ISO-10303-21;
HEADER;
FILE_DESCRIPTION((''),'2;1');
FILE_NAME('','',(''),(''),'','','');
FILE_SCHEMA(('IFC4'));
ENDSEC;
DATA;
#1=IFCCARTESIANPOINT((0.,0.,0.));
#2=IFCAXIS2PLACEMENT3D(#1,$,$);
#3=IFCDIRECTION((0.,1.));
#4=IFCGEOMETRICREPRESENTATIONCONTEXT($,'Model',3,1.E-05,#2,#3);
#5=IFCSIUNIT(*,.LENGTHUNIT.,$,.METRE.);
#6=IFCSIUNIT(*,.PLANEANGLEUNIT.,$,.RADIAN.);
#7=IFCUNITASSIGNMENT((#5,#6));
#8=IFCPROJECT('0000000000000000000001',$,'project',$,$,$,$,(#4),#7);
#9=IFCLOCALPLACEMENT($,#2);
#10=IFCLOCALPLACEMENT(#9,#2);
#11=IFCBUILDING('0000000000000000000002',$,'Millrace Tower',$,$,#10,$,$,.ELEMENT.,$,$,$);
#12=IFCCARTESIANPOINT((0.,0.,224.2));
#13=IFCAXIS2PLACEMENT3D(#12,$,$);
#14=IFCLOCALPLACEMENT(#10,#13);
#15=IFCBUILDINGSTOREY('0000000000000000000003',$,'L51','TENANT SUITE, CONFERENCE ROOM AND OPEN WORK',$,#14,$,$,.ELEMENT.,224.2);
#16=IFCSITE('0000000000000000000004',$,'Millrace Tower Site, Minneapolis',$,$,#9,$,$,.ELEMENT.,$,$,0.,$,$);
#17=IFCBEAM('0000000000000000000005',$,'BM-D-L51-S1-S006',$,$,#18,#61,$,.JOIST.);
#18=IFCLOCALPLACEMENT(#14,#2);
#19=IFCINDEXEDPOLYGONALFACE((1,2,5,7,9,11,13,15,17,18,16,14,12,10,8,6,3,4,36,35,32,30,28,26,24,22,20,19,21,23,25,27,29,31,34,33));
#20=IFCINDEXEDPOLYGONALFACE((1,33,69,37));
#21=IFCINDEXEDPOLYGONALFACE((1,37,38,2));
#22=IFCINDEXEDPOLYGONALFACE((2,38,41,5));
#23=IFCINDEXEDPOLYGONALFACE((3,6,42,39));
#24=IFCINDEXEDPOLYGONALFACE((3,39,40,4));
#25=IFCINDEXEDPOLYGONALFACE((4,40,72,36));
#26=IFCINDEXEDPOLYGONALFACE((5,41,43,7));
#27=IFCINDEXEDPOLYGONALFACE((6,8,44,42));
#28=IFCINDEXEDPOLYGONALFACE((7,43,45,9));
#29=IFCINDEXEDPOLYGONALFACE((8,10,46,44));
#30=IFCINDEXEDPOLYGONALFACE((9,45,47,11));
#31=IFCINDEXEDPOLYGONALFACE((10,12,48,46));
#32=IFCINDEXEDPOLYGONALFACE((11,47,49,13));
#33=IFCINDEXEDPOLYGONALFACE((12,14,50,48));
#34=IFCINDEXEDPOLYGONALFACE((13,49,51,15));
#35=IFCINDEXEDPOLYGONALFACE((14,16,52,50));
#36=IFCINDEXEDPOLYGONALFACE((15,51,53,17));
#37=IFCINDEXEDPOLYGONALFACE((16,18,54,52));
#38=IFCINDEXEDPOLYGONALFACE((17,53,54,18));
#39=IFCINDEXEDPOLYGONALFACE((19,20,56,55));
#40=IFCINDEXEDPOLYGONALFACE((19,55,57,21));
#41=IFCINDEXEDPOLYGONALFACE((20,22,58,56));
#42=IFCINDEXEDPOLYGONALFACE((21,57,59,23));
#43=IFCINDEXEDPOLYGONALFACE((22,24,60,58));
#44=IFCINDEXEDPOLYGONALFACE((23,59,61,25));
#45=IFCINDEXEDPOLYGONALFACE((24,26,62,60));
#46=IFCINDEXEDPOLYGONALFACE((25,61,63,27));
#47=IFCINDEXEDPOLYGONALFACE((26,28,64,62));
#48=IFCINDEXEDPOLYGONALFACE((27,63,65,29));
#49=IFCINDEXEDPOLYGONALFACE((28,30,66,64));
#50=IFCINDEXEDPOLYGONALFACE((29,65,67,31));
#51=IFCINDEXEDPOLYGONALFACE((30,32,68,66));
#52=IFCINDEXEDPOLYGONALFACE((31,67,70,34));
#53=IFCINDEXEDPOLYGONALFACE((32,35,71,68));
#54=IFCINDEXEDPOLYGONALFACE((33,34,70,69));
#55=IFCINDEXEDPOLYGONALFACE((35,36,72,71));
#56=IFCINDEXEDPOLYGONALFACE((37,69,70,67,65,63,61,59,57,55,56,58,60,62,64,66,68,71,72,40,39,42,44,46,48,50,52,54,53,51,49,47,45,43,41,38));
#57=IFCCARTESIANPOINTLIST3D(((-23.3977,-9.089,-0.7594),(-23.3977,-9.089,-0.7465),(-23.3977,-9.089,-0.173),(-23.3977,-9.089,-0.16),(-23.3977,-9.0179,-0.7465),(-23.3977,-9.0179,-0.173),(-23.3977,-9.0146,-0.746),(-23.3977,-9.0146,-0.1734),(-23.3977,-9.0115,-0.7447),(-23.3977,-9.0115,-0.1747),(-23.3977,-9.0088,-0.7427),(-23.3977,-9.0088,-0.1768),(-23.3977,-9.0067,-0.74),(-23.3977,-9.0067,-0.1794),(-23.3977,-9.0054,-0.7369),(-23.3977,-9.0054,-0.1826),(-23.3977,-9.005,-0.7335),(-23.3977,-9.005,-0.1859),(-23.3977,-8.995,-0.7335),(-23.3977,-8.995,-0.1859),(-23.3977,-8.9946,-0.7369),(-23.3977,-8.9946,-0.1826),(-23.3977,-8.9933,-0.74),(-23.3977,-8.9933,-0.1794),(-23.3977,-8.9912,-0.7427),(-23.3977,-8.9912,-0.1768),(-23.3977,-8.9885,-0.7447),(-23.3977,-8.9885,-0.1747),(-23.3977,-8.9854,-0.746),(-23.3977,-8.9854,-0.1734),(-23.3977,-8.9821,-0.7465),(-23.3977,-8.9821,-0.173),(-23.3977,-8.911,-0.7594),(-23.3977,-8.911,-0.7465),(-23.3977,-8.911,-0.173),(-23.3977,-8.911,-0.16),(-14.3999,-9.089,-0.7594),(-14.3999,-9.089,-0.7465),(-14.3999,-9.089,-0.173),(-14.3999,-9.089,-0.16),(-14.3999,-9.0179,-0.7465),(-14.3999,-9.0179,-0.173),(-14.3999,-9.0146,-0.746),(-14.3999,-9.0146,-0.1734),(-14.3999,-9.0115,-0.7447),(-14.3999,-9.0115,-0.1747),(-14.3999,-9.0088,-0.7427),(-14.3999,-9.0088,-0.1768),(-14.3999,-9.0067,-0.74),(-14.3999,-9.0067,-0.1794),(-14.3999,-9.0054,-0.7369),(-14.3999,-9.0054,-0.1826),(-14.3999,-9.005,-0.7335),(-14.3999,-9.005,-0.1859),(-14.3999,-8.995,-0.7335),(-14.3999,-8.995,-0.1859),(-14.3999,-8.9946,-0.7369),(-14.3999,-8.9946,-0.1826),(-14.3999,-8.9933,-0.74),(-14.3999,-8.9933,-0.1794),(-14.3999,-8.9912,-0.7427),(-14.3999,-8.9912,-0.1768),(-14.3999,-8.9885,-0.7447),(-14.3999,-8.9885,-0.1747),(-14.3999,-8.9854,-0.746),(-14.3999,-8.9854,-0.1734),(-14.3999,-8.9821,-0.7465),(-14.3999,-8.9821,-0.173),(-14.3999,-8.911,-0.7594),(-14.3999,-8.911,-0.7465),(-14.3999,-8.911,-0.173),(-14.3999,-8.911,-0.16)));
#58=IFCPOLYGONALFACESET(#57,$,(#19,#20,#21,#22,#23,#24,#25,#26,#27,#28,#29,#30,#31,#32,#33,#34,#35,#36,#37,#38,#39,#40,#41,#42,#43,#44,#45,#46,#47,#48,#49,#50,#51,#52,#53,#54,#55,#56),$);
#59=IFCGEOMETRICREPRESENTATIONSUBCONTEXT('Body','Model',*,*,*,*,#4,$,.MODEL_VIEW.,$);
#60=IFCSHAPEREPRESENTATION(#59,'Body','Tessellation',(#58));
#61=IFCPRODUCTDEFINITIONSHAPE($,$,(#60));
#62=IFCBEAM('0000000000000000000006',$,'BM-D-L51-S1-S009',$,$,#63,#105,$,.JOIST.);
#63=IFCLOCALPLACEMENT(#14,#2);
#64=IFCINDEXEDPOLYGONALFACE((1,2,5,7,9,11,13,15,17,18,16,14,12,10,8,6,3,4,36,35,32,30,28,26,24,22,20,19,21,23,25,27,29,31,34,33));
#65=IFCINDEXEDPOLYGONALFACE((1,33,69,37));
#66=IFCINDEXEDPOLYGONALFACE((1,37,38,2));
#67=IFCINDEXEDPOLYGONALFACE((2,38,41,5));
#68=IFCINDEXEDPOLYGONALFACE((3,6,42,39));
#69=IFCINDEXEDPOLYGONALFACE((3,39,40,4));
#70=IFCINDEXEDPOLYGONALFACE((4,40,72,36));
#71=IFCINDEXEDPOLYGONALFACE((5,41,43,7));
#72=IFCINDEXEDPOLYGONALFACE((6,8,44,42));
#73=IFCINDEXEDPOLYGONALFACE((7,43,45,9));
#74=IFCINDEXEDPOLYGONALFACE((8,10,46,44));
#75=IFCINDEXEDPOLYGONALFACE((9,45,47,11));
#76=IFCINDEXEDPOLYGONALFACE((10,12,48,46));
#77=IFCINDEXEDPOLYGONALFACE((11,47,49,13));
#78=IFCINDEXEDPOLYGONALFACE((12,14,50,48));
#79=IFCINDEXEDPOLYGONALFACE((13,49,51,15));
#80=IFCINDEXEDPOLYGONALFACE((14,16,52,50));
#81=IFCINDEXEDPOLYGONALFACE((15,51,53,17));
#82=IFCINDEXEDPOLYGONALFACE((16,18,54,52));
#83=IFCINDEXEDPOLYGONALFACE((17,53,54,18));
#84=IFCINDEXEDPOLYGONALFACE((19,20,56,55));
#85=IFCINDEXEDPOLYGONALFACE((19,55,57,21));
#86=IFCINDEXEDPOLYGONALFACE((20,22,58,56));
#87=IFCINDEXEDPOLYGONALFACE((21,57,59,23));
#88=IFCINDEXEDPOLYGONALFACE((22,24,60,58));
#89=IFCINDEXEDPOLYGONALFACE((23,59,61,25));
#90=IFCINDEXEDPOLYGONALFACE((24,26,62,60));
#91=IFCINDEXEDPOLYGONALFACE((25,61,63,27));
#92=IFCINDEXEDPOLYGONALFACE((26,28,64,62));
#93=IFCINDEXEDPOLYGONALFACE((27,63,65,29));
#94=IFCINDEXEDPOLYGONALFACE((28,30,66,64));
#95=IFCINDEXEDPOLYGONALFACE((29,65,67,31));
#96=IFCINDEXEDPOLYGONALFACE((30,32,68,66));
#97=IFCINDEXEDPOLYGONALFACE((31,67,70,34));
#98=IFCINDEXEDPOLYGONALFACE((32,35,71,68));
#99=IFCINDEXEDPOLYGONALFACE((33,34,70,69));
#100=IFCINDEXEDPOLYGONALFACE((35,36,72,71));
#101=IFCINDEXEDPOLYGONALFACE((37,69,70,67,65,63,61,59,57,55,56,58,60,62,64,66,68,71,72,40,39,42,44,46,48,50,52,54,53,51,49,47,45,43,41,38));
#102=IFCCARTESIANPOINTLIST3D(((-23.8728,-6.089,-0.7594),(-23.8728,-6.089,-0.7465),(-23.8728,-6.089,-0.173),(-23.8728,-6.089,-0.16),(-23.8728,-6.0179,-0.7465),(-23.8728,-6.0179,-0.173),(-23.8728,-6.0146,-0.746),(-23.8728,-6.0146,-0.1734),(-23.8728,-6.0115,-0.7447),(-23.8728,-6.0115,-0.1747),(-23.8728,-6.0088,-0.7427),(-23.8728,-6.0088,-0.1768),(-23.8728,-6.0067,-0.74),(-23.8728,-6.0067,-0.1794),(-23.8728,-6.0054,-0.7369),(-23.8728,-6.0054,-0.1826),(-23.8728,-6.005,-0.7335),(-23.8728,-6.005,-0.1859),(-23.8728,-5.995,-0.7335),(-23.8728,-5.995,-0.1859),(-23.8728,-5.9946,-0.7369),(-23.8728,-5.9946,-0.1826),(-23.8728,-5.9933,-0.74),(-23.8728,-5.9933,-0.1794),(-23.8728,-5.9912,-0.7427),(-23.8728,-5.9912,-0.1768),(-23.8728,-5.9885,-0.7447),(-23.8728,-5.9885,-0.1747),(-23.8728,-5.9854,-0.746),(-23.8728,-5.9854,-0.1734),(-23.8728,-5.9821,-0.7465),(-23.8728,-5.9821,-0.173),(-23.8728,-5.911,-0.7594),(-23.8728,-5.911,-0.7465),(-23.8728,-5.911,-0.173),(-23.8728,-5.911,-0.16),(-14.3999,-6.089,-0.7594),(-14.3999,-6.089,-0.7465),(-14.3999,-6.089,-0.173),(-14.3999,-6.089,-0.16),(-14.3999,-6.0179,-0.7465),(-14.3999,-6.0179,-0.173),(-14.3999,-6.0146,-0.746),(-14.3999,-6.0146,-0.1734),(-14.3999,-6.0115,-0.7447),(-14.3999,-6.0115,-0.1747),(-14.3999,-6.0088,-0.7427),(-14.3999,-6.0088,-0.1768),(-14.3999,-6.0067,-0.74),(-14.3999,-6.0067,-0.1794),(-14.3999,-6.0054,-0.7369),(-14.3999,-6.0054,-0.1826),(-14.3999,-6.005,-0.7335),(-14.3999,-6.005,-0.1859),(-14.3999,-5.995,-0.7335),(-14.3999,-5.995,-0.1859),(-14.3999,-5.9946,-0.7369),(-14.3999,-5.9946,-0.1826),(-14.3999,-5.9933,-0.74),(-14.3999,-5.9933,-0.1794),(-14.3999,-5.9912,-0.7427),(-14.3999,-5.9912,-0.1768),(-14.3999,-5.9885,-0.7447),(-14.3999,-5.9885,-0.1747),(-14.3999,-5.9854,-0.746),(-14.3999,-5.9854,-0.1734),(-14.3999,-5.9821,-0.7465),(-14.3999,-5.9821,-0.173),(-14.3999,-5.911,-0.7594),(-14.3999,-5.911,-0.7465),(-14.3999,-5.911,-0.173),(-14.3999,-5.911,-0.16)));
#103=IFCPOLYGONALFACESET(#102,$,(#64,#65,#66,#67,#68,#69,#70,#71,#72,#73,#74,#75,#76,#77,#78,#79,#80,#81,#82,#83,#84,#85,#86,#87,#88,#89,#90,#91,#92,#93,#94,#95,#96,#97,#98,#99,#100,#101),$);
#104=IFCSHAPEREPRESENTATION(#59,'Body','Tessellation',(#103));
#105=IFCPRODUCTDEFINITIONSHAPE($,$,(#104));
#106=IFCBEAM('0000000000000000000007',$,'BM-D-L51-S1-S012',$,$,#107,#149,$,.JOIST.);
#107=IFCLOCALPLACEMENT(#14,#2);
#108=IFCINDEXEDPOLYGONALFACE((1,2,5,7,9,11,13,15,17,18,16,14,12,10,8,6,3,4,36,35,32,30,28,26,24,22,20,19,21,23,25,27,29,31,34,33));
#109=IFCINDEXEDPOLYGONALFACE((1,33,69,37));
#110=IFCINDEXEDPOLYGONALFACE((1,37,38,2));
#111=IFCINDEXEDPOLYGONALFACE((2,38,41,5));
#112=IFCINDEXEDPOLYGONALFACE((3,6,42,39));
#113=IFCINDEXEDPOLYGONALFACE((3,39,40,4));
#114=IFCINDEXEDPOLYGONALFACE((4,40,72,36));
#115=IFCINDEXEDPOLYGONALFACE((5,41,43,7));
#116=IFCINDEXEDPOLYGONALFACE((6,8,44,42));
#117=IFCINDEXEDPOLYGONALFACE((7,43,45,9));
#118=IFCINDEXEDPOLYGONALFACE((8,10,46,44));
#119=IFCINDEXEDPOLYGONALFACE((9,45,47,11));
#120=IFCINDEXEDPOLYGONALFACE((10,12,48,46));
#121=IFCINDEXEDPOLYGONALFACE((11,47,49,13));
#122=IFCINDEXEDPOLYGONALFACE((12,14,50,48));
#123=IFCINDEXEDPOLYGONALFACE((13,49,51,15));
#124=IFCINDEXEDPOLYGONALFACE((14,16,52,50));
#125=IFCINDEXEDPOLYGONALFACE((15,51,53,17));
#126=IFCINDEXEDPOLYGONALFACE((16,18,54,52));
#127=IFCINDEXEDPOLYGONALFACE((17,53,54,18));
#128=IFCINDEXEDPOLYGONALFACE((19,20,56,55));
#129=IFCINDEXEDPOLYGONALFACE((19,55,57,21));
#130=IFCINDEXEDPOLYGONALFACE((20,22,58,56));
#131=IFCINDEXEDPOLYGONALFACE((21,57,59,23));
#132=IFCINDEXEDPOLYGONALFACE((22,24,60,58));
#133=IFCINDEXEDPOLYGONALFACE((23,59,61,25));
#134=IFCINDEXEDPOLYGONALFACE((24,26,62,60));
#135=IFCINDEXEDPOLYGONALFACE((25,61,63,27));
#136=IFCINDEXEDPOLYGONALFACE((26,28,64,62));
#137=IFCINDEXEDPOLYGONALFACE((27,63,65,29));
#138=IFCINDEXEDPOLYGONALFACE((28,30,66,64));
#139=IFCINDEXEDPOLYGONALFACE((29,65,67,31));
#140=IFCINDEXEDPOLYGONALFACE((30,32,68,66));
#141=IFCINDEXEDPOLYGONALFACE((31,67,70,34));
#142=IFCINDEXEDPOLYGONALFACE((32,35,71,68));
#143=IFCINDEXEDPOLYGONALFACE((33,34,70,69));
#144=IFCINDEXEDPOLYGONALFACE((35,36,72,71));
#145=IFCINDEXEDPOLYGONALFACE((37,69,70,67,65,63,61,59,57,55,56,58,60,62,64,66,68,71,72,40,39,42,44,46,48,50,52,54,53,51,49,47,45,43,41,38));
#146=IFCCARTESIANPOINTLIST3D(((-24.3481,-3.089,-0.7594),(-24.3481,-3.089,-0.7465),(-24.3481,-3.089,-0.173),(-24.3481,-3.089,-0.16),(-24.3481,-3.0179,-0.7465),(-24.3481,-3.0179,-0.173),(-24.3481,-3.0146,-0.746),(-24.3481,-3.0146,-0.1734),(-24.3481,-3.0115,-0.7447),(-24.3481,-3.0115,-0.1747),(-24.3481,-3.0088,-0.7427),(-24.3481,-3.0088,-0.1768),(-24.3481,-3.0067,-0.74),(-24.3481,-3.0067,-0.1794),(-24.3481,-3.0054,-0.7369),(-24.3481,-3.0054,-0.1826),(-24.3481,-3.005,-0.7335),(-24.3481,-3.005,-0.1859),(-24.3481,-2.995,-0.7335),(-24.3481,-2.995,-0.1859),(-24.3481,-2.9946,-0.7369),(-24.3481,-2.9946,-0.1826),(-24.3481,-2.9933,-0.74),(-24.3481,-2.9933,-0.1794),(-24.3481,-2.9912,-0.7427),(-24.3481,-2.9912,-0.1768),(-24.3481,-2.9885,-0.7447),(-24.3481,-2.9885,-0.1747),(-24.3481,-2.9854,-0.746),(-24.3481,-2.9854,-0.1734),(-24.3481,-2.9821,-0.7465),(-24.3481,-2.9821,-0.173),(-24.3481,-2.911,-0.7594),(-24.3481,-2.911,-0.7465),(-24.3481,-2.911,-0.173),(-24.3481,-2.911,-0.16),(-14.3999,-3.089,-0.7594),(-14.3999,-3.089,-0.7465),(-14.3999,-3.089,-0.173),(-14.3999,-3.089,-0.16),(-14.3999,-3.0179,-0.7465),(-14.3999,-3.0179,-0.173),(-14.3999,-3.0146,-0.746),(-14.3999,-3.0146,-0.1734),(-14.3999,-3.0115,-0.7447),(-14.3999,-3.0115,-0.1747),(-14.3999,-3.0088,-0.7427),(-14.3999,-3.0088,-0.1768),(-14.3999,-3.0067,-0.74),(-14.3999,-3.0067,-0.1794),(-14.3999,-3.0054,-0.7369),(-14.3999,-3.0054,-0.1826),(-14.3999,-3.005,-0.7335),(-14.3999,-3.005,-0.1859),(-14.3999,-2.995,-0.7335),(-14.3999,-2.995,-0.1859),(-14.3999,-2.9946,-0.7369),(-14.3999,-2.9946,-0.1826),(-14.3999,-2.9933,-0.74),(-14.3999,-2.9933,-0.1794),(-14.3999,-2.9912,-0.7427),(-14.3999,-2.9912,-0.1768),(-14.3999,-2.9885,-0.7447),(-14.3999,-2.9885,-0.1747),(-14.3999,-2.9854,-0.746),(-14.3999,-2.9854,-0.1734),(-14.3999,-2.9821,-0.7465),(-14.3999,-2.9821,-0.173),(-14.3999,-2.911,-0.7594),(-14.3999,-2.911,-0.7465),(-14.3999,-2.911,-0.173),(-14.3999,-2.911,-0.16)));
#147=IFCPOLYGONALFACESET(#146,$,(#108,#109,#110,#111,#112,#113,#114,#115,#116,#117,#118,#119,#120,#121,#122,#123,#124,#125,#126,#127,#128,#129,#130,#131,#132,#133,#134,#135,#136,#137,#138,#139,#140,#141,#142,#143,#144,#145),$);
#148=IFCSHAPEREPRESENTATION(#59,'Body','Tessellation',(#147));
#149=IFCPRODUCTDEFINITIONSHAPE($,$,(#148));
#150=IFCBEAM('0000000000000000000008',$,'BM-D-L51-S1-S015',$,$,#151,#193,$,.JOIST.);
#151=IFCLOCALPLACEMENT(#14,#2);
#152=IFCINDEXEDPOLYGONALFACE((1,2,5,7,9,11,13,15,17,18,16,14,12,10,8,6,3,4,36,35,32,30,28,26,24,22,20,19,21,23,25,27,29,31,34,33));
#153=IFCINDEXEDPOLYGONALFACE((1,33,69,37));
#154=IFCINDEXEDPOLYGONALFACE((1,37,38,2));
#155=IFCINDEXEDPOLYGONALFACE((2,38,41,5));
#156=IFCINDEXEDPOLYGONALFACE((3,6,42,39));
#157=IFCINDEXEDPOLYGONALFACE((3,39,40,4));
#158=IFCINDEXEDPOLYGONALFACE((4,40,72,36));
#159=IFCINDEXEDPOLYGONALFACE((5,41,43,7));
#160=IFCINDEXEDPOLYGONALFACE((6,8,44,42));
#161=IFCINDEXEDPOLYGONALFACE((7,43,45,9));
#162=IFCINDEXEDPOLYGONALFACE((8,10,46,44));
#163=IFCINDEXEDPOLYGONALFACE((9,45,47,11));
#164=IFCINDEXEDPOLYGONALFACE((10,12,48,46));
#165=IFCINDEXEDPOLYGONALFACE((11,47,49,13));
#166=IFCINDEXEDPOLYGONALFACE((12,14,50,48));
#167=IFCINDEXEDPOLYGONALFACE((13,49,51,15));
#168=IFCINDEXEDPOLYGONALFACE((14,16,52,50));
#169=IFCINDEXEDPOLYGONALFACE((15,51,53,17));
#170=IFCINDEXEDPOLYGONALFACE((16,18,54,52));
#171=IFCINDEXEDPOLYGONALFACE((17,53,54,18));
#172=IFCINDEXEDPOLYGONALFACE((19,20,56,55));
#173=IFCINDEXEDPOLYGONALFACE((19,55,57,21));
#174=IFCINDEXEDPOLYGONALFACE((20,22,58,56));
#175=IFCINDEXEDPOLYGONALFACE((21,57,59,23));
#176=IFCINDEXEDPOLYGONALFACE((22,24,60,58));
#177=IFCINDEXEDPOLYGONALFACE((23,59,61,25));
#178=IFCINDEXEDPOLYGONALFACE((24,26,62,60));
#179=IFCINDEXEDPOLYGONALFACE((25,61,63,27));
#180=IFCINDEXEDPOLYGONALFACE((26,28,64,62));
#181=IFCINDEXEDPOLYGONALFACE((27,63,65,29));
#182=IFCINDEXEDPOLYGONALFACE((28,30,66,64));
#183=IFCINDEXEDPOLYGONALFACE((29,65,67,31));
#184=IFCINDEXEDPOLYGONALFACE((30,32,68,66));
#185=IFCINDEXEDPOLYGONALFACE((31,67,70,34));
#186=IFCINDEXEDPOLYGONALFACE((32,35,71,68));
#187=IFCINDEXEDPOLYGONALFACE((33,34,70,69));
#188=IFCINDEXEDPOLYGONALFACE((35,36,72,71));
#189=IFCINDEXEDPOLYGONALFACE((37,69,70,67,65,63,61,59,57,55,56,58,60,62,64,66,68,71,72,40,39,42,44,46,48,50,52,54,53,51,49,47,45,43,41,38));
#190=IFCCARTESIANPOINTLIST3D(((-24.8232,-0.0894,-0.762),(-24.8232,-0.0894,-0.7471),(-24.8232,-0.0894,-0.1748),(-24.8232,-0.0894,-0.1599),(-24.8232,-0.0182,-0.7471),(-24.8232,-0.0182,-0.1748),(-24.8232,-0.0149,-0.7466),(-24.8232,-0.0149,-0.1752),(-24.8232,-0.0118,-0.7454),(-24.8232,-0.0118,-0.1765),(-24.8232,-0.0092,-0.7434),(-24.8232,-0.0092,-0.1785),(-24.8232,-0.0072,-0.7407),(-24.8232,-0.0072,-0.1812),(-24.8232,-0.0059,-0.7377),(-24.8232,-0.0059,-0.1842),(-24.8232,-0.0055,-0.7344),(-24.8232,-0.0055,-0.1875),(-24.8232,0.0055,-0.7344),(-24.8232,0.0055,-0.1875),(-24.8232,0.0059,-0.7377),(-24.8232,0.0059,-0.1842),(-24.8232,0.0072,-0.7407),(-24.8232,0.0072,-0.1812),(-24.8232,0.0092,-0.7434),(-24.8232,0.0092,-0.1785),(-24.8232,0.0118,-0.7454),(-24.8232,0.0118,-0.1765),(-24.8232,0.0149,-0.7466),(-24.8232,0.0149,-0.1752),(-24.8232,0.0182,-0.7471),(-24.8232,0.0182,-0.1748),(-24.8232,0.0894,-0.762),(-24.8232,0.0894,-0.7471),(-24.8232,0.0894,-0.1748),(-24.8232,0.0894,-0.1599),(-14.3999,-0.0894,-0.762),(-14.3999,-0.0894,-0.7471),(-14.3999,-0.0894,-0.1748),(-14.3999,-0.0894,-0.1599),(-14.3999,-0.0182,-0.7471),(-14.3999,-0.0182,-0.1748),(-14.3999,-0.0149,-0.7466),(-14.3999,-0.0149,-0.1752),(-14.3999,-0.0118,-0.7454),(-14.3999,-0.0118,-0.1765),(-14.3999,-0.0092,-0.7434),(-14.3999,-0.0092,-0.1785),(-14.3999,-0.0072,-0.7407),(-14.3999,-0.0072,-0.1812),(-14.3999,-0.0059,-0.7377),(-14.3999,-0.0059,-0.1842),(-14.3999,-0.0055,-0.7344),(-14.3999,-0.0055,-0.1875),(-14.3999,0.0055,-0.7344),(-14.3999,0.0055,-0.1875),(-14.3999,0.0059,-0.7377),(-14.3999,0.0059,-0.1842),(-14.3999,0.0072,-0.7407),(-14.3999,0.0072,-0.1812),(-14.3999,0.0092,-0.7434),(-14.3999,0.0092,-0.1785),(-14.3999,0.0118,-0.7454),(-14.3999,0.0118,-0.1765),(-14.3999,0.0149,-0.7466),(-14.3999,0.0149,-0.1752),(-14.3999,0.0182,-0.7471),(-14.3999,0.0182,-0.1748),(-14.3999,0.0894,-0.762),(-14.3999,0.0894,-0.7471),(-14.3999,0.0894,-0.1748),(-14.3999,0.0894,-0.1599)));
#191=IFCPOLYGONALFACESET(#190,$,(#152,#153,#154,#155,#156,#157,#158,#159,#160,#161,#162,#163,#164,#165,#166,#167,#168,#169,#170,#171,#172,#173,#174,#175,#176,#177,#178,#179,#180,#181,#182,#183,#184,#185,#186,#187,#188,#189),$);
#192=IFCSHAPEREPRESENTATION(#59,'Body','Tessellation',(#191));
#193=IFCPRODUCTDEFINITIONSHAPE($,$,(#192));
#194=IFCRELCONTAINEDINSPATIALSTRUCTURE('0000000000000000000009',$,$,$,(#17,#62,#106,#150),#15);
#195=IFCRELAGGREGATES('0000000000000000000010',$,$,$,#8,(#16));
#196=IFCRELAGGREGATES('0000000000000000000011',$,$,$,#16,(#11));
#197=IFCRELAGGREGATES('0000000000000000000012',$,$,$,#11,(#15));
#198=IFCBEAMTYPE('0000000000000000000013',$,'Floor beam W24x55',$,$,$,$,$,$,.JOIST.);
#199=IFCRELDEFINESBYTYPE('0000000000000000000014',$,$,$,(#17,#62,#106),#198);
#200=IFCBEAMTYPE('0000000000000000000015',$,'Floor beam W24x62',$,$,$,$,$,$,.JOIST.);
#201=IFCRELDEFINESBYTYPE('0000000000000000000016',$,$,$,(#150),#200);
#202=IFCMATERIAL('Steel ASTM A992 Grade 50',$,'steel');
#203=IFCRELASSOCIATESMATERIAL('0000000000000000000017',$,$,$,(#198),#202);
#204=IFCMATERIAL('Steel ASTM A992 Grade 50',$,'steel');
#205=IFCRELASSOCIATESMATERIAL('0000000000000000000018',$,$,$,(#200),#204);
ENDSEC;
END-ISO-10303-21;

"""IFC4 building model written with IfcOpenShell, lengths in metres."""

from ifc_helpers import new_model, si_unit, direction, frame, origin, origin_2d, place, context, subcontext, project, spatial, i_section, extrude, material, material_profile, profile_set, type_object, element, save


model = new_model("IFC4")

# Units and contexts
model_context = context("Model", 3, precision=1e-05, world=origin(), true_north=direction((0.0, 1.0)))
body_context = subcontext(model_context, "Body", "Model", "MODEL_VIEW")
ifc_project = project(units=[si_unit("LENGTHUNIT", "METRE"), si_unit("PLANEANGLEUNIT", "RADIAN")], contexts=[model_context])

# Site, building, storey
site_placement = place(None, origin())
site = spatial("IfcSite", under=ifc_project, at=site_placement, Name="Millrace Tower Site, Minneapolis", CompositionType="ELEMENT", RefElevation=0.0)
building_placement = place(site_placement, origin())
building = spatial("IfcBuilding", under=site, at=building_placement, Name="Millrace Tower", CompositionType="ELEMENT")
storey_placement = place(building_placement, frame((0.0, 0.0, 224.2)))
storey = spatial("IfcBuildingStorey", under=building, at=storey_placement, Name="L51", Description="TENANT SUITE, CONFERENCE ROOM AND OPEN WORK", CompositionType="ELEMENT", Elevation=224.2)

# Beams
ifc_material_1 = material(Name="Steel ASTM A992 Grade 50", Category="steel")
ifc_material_profile_1 = material_profile(ifc_material_1, i_section(OverallWidth=0.178, OverallDepth=0.5994, WebThickness=0.01, FlangeThickness=0.0129, FilletRadius=0.0129, at=origin_2d()))
ifc_profile_set_1 = profile_set([ifc_material_profile_1], Name="Steel ASTM A992 Grade 50")
beam_type_1 = type_object("IfcBeamType", Name="Floor beam W24x55", PredefinedType="JOIST", material=ifc_profile_set_1)
beam_1_placement = place(storey_placement, frame((-23.3977, -9.0, -0.4597), z_axis=(1.0, 0.0, 0.0), x_axis=(0.0, 1.0, 0.0)))
element("IfcBeam", 1, at=beam_1_placement, inside=storey, type_object=beam_type_1, Name="BM-D-L51-S1-S006", PredefinedType="JOIST", context=body_context, shape_type="SweptSolid", body=[
    extrude(i_section(OverallWidth=0.178, OverallDepth=0.5994, WebThickness=0.01, FlangeThickness=0.0129, FilletRadius=0.0129, at=origin_2d()), origin(), (0.0, 0.0, 1.0), 8.9978),
])
beam_2_placement = place(storey_placement, frame((-23.8728, -6.0, -0.4597), z_axis=(1.0, 0.0, 0.0), x_axis=(0.0, 1.0, 0.0)))
element("IfcBeam", 2, at=beam_2_placement, inside=storey, type_object=beam_type_1, Name="BM-D-L51-S1-S009", PredefinedType="JOIST", context=body_context, shape_type="SweptSolid", body=[
    extrude(i_section(OverallWidth=0.178, OverallDepth=0.5994, WebThickness=0.01, FlangeThickness=0.0129, FilletRadius=0.0129, at=origin_2d()), origin(), (0.0, 0.0, 1.0), 9.4729),
])
beam_3_placement = place(storey_placement, frame((-24.3481, -3.0, -0.4597), z_axis=(1.0, 0.0, 0.0), x_axis=(0.0, 1.0, 0.0)))
element("IfcBeam", 3, at=beam_3_placement, inside=storey, type_object=beam_type_1, Name="BM-D-L51-S1-S012", PredefinedType="JOIST", context=body_context, shape_type="SweptSolid", body=[
    extrude(i_section(OverallWidth=0.178, OverallDepth=0.5994, WebThickness=0.01, FlangeThickness=0.0129, FilletRadius=0.0129, at=origin_2d()), origin(), (0.0, 0.0, 1.0), 9.9482),
])
ifc_material_2 = material(Name="Steel ASTM A992 Grade 50", Category="steel")
ifc_material_profile_2 = material_profile(ifc_material_2, i_section(OverallWidth=0.1787, OverallDepth=0.6021, WebThickness=0.011, FlangeThickness=0.0149, FilletRadius=0.0127, at=origin_2d()))
ifc_profile_set_2 = profile_set([ifc_material_profile_2], Name="Steel ASTM A992 Grade 50")
beam_type_2 = type_object("IfcBeamType", Name="Floor beam W24x62", PredefinedType="JOIST", material=ifc_profile_set_2)
beam_4_placement = place(storey_placement, frame((-24.8232, 0.0, -0.4609), z_axis=(1.0, 0.0, 0.0), x_axis=(0.0, 1.0, 0.0)))
element("IfcBeam", 4, at=beam_4_placement, inside=storey, type_object=beam_type_2, Name="BM-D-L51-S1-S015", PredefinedType="JOIST", context=body_context, shape_type="SweptSolid", body=[
    extrude(i_section(OverallWidth=0.1787, OverallDepth=0.6021, WebThickness=0.011, FlangeThickness=0.0149, FilletRadius=0.0127, at=origin_2d()), origin(), (0.0, 0.0, 1.0), 10.4233),
])

save(model, "model.ifc")
